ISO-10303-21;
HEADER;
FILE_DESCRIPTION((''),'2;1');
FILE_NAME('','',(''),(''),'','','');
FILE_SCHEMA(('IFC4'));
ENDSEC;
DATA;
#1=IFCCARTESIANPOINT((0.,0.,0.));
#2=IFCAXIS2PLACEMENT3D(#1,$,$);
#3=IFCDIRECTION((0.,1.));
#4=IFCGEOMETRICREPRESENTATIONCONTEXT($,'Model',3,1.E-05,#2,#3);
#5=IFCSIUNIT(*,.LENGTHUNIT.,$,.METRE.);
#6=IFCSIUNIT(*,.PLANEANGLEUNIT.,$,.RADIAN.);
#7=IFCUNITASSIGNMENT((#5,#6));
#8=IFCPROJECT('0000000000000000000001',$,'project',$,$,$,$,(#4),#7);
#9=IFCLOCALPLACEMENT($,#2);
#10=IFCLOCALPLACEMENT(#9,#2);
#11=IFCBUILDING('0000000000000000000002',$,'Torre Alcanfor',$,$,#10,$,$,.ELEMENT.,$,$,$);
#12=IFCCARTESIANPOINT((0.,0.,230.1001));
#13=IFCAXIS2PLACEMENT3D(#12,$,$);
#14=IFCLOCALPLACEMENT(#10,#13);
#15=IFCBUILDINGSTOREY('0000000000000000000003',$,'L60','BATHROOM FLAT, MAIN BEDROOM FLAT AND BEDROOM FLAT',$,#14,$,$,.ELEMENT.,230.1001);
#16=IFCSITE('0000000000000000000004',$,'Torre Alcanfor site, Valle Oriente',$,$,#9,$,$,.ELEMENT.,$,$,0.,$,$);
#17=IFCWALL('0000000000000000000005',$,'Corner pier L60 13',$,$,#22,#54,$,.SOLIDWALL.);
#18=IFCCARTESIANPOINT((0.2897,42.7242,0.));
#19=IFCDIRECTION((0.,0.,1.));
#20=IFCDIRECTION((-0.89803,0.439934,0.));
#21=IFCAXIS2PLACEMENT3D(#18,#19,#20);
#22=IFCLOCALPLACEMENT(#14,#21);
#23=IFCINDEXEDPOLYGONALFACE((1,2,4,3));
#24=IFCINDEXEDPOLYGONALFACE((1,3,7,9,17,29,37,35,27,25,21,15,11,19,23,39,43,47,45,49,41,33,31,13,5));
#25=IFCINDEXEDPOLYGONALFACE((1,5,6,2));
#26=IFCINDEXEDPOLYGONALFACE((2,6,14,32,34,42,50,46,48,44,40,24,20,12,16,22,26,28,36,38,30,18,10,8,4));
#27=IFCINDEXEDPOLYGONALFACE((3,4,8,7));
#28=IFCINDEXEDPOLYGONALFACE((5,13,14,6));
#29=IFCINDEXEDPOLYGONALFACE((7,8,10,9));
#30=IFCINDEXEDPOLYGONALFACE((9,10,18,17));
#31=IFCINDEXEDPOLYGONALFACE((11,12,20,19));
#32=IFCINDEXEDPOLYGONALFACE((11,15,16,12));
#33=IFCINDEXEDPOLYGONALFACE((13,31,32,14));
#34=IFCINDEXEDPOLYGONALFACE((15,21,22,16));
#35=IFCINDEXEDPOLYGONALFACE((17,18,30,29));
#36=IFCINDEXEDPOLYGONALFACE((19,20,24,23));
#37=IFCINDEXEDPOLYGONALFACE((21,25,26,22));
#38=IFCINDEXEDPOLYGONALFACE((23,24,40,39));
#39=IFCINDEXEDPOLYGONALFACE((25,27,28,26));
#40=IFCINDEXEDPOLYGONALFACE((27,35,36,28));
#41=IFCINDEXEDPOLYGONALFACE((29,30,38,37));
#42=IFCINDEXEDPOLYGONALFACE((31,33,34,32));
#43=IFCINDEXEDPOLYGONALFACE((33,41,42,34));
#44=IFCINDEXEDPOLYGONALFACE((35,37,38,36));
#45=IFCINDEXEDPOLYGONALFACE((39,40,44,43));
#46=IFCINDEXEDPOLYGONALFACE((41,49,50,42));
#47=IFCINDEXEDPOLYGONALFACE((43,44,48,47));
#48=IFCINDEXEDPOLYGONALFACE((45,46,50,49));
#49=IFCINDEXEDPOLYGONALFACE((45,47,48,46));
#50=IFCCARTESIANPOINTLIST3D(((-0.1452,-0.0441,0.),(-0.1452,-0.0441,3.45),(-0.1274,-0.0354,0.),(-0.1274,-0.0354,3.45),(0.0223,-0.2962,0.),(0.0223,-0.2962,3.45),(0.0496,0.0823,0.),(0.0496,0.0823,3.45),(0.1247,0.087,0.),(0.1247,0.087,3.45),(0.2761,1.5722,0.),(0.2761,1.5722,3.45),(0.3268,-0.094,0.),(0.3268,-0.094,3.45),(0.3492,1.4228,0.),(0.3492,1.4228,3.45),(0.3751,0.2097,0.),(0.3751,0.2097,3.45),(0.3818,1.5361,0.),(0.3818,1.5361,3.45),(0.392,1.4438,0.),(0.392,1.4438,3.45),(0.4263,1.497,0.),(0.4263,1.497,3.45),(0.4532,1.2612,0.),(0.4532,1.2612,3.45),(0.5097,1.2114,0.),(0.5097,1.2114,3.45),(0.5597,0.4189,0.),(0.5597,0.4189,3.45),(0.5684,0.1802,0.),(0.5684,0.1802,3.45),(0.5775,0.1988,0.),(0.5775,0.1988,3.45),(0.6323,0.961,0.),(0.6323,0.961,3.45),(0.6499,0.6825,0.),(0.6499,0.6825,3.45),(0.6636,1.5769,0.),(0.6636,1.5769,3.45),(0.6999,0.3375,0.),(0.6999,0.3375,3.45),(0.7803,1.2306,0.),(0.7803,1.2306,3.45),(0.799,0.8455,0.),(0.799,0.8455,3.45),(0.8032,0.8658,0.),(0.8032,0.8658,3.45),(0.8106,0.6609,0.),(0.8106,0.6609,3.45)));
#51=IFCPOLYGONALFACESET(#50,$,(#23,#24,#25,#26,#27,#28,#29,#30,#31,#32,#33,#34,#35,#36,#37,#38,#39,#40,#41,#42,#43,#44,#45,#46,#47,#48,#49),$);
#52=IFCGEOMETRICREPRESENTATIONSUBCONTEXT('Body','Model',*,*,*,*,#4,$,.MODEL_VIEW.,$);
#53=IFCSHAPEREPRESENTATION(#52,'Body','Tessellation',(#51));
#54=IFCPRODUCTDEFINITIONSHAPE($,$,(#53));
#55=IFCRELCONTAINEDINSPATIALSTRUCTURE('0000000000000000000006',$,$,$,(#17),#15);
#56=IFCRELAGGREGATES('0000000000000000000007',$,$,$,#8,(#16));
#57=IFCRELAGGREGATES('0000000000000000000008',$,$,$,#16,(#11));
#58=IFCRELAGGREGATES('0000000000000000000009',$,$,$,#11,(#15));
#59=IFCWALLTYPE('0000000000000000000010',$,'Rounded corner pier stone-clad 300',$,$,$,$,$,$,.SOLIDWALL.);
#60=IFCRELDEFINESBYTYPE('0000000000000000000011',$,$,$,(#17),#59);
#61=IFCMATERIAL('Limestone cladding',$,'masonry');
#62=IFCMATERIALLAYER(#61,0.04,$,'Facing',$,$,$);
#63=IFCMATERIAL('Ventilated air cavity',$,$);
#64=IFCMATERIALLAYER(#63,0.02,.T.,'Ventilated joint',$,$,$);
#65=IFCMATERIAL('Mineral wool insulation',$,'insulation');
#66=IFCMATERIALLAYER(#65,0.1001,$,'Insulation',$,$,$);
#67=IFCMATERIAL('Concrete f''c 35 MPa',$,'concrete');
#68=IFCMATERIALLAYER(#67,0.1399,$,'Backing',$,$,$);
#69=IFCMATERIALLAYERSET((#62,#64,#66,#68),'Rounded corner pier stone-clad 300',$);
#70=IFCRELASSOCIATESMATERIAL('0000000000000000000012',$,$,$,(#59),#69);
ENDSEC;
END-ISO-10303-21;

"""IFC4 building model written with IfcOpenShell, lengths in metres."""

from ifc_helpers import new_model, si_unit, direction, frame, origin, place, context, subcontext, project, spatial, polyline, outline, extrude, material, layer, layer_set, type_object, element, save


model = new_model("IFC4")

# Units and contexts
model_context = context("Model", 3, precision=1e-05, world=origin(), true_north=direction((0.0, 1.0)))
body_context = subcontext(model_context, "Body", "Model", "MODEL_VIEW")
ifc_project = project(units=[si_unit("LENGTHUNIT", "METRE"), si_unit("PLANEANGLEUNIT", "RADIAN")], contexts=[model_context])

# Site, building, storey
site_placement = place(None, origin())
site = spatial("IfcSite", under=ifc_project, at=site_placement, Name="Torre Alcanfor site, Valle Oriente", CompositionType="ELEMENT", RefElevation=0.0)
building_placement = place(site_placement, origin())
building = spatial("IfcBuilding", under=site, at=building_placement, Name="Torre Alcanfor", CompositionType="ELEMENT")
storey_placement = place(building_placement, frame((0.0, 0.0, 230.1001)))
storey = spatial("IfcBuildingStorey", under=building, at=storey_placement, Name="L60", Description="BATHROOM FLAT, MAIN BEDROOM FLAT AND BEDROOM FLAT", CompositionType="ELEMENT", Elevation=230.1001)

# Wall
ifc_material_1 = material(Name="Limestone cladding", Category="masonry")
ifc_layer_1 = layer(ifc_material_1, 0.04, Name="Facing")
ifc_material_2 = material(Name="Ventilated air cavity")
ifc_layer_2 = layer(ifc_material_2, 0.02, ventilated=True, Name="Ventilated joint")
ifc_material_3 = material(Name="Mineral wool insulation", Category="insulation")
ifc_layer_3 = layer(ifc_material_3, 0.1001, Name="Insulation")
ifc_material_4 = material(Name="Concrete f'c 35 MPa", Category="concrete")
ifc_layer_4 = layer(ifc_material_4, 0.1399, Name="Backing")
ifc_layer_set_1 = layer_set([ifc_layer_1, ifc_layer_2, ifc_layer_3, ifc_layer_4], Name="Rounded corner pier stone-clad 300")
wall_type_1 = type_object("IfcWallType", Name="Rounded corner pier stone-clad 300", PredefinedType="SOLIDWALL", material=ifc_layer_set_1)
wall_1_placement = place(storey_placement, frame((0.2897, 42.7242, 0.0), z_axis=(0.0, 0.0, 1.0), x_axis=(-0.89803, 0.439934, 0.0)))
element("IfcWall", 1, at=wall_1_placement, inside=storey, type_object=wall_type_1, Name="Corner pier L60 13", PredefinedType="SOLIDWALL", context=body_context, shape_type="SweptSolid", body=[
    extrude(outline(polyline([(-0.1452, -0.0441), (0.0223, -0.2962), (0.3268, -0.094), (0.5684, 0.1802), (0.5775, 0.1988), (0.6999, 0.3375), (0.8106, 0.6609), (0.799, 0.8455), (0.8032, 0.8658), (0.7803, 1.2306), (0.6636, 1.5769), (0.4263, 1.497), (0.3818, 1.5361), (0.2761, 1.5722), (0.3492, 1.4228), (0.392, 1.4438), (0.4532, 1.2612), (0.5097, 1.2114), (0.6323, 0.961), (0.6499, 0.6825), (0.5597, 0.4189), (0.3751, 0.2097), (0.1247, 0.087), (0.0496, 0.0823), (-0.1274, -0.0354), (-0.1452, -0.0441)])), origin(), (0.0, 0.0, 1.0), 3.45),
])

save(model, "model.ifc")
